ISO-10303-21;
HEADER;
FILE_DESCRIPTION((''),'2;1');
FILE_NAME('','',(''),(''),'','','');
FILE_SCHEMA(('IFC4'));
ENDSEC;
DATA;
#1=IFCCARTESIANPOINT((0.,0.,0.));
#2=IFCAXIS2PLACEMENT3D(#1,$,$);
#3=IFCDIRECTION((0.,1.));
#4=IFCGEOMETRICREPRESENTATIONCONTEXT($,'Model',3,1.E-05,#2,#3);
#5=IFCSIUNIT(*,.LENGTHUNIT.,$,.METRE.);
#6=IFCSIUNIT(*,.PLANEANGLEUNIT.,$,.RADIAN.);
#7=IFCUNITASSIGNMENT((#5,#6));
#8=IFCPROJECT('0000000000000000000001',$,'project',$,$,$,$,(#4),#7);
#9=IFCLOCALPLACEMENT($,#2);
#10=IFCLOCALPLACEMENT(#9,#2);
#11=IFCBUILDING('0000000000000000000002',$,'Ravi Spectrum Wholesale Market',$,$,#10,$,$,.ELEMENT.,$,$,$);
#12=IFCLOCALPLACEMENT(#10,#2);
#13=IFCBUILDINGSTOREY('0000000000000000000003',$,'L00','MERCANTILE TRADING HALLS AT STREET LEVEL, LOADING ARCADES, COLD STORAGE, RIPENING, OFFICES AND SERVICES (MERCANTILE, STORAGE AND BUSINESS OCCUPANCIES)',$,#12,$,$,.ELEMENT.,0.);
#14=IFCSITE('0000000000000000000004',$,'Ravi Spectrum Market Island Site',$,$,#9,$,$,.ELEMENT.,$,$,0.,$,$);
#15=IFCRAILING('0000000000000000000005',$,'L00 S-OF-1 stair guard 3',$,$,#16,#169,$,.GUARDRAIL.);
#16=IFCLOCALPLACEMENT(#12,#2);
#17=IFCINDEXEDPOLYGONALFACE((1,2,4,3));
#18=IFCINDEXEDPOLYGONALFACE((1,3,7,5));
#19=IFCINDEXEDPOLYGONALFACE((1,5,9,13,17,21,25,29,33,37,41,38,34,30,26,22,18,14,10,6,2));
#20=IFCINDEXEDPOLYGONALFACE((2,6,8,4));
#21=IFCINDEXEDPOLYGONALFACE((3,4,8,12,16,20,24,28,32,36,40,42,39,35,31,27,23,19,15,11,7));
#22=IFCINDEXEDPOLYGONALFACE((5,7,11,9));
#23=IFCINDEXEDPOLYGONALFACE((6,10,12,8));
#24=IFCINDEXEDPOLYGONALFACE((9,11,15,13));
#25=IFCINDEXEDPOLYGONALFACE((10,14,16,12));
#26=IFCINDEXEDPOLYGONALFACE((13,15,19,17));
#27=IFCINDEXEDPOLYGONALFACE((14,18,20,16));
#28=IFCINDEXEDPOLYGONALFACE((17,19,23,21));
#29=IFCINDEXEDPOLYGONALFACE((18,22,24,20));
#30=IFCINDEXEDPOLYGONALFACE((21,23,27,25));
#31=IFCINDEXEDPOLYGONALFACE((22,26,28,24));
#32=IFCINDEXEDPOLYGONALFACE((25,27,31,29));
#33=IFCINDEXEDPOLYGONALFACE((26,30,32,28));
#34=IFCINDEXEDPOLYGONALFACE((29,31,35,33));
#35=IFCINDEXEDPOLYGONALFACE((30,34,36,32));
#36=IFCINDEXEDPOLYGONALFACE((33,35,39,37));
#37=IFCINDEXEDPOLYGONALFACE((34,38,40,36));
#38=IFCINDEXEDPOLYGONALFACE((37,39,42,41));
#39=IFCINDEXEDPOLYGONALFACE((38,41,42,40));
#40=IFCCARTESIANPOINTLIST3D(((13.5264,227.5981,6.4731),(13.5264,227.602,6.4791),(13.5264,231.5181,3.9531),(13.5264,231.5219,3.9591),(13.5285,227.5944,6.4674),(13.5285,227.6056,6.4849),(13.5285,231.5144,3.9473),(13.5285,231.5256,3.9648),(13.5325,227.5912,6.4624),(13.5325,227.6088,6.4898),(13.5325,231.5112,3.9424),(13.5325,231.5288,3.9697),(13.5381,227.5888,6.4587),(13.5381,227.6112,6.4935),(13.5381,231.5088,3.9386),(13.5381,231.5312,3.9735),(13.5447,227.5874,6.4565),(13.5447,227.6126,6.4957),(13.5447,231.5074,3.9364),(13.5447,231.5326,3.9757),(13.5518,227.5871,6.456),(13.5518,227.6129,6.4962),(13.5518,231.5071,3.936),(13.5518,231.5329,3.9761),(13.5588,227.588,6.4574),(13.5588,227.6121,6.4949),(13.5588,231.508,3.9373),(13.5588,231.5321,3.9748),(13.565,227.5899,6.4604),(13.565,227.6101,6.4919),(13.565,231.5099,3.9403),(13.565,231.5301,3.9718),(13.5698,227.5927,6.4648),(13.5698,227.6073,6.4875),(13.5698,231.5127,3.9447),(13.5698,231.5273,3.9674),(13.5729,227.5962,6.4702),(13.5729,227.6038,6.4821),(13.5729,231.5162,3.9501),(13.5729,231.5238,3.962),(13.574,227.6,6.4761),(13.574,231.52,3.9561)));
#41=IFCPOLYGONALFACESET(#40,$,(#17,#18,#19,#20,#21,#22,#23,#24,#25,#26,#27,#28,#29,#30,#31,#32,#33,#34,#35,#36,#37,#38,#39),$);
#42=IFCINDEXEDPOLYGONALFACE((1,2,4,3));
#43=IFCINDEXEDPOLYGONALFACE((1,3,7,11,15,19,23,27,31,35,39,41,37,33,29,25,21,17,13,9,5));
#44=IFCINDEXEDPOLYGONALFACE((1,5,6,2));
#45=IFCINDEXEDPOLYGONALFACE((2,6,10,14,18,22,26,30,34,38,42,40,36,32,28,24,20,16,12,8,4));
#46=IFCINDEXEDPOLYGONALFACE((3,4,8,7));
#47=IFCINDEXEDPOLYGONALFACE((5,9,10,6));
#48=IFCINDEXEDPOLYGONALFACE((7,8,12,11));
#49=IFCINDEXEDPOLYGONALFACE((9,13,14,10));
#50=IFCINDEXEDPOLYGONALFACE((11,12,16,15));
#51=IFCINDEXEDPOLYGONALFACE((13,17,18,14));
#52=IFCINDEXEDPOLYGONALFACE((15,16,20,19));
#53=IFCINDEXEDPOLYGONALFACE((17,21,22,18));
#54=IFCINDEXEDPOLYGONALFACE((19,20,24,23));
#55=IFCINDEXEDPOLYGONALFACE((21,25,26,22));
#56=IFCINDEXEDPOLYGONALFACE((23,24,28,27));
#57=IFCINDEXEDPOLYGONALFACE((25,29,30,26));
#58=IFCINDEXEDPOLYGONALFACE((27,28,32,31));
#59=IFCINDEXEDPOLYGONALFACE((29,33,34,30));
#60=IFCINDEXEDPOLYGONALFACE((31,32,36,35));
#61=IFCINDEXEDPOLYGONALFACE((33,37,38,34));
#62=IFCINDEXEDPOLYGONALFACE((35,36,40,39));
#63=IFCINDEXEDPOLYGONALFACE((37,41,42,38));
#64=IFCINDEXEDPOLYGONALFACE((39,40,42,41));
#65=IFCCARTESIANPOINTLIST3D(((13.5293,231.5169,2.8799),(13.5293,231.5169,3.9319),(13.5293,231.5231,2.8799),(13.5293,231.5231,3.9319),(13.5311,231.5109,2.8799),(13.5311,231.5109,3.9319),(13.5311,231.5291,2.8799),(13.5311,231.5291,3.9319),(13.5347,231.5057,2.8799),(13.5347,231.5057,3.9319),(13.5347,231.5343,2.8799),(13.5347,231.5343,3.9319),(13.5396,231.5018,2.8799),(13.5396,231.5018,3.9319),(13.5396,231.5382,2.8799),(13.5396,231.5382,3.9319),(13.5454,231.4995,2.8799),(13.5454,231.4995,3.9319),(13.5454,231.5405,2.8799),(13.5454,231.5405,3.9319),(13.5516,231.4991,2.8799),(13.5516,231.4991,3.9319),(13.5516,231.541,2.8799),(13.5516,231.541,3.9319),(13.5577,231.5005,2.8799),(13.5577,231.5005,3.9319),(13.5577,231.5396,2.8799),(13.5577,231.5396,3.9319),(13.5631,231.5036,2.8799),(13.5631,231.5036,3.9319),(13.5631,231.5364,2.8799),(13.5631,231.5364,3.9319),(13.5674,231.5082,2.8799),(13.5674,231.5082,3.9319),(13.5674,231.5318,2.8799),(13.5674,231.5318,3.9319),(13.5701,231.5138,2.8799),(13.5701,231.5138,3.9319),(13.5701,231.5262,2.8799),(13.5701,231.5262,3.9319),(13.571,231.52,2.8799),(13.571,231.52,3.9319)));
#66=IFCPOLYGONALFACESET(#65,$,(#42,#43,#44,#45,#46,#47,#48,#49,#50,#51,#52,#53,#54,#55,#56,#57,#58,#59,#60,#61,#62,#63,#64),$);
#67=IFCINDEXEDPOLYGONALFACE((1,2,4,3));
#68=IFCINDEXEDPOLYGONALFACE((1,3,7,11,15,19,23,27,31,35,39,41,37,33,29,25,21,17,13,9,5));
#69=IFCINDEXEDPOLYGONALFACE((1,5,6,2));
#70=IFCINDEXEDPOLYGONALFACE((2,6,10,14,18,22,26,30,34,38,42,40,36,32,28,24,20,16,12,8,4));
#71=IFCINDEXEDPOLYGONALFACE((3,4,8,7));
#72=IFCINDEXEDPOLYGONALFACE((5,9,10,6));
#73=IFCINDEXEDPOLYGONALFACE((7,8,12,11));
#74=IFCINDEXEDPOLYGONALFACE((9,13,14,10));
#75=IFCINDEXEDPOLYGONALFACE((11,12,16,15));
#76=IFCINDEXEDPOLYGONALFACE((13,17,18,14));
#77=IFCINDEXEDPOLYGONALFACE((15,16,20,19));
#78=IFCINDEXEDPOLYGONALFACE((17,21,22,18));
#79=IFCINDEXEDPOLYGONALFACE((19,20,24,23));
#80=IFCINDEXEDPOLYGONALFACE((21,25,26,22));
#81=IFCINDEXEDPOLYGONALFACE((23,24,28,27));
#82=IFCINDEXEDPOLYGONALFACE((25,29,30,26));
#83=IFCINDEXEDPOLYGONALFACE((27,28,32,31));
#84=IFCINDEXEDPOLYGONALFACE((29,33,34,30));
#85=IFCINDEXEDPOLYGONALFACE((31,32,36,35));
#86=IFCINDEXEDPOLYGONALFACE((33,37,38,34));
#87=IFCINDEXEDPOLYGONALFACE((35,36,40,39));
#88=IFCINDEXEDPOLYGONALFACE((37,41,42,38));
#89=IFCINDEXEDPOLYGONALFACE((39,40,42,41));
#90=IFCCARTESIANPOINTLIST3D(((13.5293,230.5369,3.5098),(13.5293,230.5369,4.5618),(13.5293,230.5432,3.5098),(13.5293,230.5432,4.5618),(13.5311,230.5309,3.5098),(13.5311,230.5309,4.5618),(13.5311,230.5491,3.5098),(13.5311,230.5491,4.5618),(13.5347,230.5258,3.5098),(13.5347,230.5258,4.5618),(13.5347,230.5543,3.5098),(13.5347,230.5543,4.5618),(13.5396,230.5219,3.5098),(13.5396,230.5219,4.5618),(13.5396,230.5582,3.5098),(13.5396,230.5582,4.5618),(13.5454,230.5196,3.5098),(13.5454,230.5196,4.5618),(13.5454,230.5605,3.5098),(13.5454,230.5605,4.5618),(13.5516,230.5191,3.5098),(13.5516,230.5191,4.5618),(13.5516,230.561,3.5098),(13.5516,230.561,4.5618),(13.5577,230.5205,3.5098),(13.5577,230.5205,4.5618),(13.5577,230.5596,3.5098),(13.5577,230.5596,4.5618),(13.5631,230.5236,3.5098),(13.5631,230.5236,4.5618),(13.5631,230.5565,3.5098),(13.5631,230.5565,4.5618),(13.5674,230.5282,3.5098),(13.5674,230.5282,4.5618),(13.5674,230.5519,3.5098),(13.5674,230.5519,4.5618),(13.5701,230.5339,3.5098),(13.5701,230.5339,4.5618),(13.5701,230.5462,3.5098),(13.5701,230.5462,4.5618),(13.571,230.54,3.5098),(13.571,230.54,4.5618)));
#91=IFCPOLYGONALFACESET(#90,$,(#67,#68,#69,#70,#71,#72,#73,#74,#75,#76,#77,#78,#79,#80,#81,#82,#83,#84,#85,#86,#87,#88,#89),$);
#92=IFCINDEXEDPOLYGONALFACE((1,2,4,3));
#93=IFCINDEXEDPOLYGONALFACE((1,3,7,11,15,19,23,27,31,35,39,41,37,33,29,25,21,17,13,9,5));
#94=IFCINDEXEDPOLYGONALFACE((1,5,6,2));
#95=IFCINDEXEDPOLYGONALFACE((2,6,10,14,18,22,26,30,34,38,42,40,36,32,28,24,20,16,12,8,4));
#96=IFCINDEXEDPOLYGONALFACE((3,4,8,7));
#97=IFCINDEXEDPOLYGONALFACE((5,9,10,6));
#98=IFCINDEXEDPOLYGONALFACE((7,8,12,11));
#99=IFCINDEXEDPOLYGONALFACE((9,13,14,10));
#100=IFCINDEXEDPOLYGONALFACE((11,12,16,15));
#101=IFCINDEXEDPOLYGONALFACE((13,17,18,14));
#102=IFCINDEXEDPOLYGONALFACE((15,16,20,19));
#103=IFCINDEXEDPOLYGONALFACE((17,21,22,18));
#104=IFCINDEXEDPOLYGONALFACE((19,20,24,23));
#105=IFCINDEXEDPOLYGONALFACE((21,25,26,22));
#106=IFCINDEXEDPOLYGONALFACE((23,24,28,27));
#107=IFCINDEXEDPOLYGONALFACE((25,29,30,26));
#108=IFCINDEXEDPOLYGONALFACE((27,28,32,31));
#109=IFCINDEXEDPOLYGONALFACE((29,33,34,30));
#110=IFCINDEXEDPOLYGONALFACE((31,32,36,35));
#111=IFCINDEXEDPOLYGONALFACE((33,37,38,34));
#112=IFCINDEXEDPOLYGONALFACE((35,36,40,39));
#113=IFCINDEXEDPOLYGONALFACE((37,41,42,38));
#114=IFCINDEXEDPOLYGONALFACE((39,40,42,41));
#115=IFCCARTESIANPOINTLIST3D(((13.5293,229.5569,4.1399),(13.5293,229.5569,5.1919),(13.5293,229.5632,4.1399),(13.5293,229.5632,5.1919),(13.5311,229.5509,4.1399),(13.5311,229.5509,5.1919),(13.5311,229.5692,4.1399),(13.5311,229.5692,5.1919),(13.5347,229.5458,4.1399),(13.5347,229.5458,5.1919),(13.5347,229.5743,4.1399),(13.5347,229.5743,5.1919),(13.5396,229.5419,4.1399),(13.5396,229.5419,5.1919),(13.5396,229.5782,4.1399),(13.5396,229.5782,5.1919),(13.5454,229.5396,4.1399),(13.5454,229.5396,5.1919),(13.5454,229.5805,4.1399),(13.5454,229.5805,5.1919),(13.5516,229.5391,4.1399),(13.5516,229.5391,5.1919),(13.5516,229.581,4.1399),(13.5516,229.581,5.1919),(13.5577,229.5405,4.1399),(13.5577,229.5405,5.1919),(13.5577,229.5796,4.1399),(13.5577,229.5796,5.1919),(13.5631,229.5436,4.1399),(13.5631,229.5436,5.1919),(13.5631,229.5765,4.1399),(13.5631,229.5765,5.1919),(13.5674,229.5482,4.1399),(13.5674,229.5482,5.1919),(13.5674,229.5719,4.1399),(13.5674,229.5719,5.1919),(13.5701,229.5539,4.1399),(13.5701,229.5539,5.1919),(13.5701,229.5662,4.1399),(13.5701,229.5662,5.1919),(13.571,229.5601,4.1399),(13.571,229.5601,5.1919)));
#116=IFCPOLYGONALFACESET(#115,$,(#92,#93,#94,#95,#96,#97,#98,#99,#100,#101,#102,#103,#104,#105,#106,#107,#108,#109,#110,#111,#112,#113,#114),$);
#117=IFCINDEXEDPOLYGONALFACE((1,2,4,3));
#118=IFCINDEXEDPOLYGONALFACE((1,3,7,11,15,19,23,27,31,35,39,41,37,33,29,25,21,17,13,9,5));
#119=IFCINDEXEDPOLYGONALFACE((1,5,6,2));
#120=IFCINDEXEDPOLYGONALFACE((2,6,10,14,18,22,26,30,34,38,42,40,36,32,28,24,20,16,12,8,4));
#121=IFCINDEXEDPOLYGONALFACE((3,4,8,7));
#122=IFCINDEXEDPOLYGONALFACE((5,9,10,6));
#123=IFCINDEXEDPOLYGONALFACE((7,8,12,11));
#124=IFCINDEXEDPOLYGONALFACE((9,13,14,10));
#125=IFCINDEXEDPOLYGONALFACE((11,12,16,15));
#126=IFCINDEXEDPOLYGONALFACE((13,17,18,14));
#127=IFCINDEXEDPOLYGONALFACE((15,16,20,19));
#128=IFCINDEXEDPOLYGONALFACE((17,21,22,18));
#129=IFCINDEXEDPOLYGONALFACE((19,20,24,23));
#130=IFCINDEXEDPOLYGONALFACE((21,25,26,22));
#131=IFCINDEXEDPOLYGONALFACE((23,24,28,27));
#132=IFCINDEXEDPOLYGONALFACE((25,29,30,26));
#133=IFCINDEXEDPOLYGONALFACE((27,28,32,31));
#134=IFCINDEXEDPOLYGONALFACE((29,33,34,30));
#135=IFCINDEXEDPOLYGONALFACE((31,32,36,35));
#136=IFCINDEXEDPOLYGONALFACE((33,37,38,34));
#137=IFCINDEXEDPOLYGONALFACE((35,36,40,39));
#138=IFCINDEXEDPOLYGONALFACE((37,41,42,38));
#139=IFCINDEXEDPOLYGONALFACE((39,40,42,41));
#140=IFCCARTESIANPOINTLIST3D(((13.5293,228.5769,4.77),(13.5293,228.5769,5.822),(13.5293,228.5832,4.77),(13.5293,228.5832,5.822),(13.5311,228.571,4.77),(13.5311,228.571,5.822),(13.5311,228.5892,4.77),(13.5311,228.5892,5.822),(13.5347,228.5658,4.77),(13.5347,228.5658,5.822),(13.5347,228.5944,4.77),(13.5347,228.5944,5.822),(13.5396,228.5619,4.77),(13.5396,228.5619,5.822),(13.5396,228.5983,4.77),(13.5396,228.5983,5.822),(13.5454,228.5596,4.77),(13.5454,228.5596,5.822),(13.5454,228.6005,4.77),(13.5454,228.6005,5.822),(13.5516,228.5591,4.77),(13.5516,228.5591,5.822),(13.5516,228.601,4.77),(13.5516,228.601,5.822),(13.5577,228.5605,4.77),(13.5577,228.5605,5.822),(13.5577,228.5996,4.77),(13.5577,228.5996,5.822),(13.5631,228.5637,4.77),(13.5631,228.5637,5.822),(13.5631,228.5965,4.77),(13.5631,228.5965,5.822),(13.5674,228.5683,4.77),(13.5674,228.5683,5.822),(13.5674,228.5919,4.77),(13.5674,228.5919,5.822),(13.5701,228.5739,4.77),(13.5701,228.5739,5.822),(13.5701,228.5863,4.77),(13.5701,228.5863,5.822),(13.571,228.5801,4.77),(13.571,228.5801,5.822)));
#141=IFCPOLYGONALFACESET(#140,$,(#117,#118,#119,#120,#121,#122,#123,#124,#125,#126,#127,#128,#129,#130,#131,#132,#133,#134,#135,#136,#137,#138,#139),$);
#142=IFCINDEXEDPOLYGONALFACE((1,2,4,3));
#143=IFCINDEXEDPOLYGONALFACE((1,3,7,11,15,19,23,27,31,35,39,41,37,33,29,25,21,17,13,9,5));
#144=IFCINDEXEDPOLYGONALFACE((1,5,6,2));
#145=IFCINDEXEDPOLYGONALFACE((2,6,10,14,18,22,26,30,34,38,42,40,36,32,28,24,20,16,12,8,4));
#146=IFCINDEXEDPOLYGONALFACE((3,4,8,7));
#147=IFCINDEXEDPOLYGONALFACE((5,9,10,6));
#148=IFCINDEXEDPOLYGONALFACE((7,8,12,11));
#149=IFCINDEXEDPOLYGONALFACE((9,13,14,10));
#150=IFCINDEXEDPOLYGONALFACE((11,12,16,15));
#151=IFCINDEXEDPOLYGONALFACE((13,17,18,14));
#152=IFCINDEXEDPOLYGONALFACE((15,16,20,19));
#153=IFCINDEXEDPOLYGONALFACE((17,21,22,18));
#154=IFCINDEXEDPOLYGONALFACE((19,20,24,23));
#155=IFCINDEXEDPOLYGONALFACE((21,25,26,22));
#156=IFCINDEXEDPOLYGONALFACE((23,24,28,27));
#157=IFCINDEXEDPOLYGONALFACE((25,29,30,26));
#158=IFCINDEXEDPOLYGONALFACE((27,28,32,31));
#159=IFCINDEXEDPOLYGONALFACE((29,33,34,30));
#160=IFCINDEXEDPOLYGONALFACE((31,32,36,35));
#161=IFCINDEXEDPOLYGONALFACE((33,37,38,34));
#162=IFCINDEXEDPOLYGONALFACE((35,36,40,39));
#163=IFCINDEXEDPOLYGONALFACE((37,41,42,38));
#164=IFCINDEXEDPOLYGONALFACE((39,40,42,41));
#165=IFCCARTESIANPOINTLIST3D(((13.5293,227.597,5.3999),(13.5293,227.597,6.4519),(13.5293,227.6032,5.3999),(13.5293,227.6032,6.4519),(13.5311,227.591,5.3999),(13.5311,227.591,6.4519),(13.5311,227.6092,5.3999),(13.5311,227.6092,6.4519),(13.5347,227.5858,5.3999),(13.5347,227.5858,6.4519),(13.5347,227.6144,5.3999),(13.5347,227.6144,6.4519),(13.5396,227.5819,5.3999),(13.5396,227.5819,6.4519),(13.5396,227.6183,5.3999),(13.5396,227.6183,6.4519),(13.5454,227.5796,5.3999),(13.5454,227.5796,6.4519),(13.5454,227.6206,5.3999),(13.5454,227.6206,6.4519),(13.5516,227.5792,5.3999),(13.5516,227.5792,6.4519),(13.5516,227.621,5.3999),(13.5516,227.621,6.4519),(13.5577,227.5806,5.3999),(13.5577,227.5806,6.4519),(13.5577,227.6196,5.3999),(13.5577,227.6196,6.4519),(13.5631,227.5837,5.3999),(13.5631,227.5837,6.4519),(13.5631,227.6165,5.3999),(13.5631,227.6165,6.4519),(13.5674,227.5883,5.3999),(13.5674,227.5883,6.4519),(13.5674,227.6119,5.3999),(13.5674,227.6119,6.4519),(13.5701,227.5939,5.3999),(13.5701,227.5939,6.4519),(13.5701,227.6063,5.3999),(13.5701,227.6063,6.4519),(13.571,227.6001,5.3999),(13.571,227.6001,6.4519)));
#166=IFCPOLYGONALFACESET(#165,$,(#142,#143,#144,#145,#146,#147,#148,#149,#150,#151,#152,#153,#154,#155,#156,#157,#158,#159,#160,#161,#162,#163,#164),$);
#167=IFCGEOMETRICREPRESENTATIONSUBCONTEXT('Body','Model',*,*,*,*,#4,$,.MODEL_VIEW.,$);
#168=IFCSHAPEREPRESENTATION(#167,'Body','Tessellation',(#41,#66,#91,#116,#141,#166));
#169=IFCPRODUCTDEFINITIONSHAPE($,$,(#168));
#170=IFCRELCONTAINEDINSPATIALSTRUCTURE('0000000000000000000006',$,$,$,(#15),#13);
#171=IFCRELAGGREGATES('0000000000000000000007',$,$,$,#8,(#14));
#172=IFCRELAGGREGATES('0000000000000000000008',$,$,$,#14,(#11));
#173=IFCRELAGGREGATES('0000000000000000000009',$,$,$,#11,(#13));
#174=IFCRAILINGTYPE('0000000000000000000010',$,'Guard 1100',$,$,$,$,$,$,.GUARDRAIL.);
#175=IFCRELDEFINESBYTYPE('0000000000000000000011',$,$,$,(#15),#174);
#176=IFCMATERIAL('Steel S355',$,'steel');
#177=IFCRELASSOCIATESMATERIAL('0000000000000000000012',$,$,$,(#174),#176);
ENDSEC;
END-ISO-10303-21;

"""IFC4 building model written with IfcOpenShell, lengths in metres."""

from ifc_helpers import new_model, si_unit, direction, frame, origin, origin_2d, place, context, subcontext, project, spatial, circle, extrude, material, type_object, element, save


model = new_model("IFC4")

# Units and contexts
model_context = context("Model", 3, precision=1e-05, world=origin(), true_north=direction((0.0, 1.0)))
body_context = subcontext(model_context, "Body", "Model", "MODEL_VIEW")
ifc_project = project(units=[si_unit("LENGTHUNIT", "METRE"), si_unit("PLANEANGLEUNIT", "RADIAN")], contexts=[model_context])

# Site, building, storey
site_placement = place(None, origin())
site = spatial("IfcSite", under=ifc_project, at=site_placement, Name="Ravi Spectrum Market Island Site", CompositionType="ELEMENT", RefElevation=0.0)
building_placement = place(site_placement, origin())
building = spatial("IfcBuilding", under=site, at=building_placement, Name="Ravi Spectrum Wholesale Market", CompositionType="ELEMENT")
storey_placement = place(building_placement, origin())
storey = spatial("IfcBuildingStorey", under=building, at=storey_placement, Name="L00", Description="MERCANTILE TRADING HALLS AT STREET LEVEL, LOADING ARCADES, COLD STORAGE, RIPENING, OFFICES AND SERVICES (MERCANTILE, STORAGE AND BUSINESS OCCUPANCIES)", CompositionType="ELEMENT", Elevation=0.0)

# Railing
ifc_material_1 = material(Name="Steel S355", Category="steel")
railing_type_1 = type_object("IfcRailingType", Name="Guard 1100", PredefinedType="GUARDRAIL", material=ifc_material_1)
railing_1_placement = place(storey_placement, frame((13.55, 231.52, 2.8799)))
element("IfcRailing", 1, at=railing_1_placement, inside=storey, type_object=railing_type_1, Name="L00 S-OF-1 stair guard 3", PredefinedType="GUARDRAIL", context=body_context, shape_type="SweptSolid", body=[
    extrude(circle(Radius=0.0239, at=origin_2d()), frame((0.0, 0.0, 1.0762), z_axis=(0.0, -0.841172, 0.540768), x_axis=(1.0, 0.0, 0.0)), (0.0, 0.0, 1.0), 4.6602),
    extrude(circle(Radius=0.021, at=origin_2d()), origin(), (0.0, 0.0, 1.0), 1.052),
    extrude(circle(Radius=0.021, at=origin_2d()), frame((0.0, -0.98, 0.6299)), (0.0, 0.0, 1.0), 1.052),
    extrude(circle(Radius=0.021, at=origin_2d()), frame((0.0, -1.96, 1.26)), (0.0, 0.0, 1.0), 1.052),
    extrude(circle(Radius=0.021, at=origin_2d()), frame((0.0, -2.9399, 1.8901)), (0.0, 0.0, 1.0), 1.052),
    extrude(circle(Radius=0.021, at=origin_2d()), frame((0.0, -3.9199, 2.52)), (0.0, 0.0, 1.0), 1.052),
])

save(model, "model.ifc")
